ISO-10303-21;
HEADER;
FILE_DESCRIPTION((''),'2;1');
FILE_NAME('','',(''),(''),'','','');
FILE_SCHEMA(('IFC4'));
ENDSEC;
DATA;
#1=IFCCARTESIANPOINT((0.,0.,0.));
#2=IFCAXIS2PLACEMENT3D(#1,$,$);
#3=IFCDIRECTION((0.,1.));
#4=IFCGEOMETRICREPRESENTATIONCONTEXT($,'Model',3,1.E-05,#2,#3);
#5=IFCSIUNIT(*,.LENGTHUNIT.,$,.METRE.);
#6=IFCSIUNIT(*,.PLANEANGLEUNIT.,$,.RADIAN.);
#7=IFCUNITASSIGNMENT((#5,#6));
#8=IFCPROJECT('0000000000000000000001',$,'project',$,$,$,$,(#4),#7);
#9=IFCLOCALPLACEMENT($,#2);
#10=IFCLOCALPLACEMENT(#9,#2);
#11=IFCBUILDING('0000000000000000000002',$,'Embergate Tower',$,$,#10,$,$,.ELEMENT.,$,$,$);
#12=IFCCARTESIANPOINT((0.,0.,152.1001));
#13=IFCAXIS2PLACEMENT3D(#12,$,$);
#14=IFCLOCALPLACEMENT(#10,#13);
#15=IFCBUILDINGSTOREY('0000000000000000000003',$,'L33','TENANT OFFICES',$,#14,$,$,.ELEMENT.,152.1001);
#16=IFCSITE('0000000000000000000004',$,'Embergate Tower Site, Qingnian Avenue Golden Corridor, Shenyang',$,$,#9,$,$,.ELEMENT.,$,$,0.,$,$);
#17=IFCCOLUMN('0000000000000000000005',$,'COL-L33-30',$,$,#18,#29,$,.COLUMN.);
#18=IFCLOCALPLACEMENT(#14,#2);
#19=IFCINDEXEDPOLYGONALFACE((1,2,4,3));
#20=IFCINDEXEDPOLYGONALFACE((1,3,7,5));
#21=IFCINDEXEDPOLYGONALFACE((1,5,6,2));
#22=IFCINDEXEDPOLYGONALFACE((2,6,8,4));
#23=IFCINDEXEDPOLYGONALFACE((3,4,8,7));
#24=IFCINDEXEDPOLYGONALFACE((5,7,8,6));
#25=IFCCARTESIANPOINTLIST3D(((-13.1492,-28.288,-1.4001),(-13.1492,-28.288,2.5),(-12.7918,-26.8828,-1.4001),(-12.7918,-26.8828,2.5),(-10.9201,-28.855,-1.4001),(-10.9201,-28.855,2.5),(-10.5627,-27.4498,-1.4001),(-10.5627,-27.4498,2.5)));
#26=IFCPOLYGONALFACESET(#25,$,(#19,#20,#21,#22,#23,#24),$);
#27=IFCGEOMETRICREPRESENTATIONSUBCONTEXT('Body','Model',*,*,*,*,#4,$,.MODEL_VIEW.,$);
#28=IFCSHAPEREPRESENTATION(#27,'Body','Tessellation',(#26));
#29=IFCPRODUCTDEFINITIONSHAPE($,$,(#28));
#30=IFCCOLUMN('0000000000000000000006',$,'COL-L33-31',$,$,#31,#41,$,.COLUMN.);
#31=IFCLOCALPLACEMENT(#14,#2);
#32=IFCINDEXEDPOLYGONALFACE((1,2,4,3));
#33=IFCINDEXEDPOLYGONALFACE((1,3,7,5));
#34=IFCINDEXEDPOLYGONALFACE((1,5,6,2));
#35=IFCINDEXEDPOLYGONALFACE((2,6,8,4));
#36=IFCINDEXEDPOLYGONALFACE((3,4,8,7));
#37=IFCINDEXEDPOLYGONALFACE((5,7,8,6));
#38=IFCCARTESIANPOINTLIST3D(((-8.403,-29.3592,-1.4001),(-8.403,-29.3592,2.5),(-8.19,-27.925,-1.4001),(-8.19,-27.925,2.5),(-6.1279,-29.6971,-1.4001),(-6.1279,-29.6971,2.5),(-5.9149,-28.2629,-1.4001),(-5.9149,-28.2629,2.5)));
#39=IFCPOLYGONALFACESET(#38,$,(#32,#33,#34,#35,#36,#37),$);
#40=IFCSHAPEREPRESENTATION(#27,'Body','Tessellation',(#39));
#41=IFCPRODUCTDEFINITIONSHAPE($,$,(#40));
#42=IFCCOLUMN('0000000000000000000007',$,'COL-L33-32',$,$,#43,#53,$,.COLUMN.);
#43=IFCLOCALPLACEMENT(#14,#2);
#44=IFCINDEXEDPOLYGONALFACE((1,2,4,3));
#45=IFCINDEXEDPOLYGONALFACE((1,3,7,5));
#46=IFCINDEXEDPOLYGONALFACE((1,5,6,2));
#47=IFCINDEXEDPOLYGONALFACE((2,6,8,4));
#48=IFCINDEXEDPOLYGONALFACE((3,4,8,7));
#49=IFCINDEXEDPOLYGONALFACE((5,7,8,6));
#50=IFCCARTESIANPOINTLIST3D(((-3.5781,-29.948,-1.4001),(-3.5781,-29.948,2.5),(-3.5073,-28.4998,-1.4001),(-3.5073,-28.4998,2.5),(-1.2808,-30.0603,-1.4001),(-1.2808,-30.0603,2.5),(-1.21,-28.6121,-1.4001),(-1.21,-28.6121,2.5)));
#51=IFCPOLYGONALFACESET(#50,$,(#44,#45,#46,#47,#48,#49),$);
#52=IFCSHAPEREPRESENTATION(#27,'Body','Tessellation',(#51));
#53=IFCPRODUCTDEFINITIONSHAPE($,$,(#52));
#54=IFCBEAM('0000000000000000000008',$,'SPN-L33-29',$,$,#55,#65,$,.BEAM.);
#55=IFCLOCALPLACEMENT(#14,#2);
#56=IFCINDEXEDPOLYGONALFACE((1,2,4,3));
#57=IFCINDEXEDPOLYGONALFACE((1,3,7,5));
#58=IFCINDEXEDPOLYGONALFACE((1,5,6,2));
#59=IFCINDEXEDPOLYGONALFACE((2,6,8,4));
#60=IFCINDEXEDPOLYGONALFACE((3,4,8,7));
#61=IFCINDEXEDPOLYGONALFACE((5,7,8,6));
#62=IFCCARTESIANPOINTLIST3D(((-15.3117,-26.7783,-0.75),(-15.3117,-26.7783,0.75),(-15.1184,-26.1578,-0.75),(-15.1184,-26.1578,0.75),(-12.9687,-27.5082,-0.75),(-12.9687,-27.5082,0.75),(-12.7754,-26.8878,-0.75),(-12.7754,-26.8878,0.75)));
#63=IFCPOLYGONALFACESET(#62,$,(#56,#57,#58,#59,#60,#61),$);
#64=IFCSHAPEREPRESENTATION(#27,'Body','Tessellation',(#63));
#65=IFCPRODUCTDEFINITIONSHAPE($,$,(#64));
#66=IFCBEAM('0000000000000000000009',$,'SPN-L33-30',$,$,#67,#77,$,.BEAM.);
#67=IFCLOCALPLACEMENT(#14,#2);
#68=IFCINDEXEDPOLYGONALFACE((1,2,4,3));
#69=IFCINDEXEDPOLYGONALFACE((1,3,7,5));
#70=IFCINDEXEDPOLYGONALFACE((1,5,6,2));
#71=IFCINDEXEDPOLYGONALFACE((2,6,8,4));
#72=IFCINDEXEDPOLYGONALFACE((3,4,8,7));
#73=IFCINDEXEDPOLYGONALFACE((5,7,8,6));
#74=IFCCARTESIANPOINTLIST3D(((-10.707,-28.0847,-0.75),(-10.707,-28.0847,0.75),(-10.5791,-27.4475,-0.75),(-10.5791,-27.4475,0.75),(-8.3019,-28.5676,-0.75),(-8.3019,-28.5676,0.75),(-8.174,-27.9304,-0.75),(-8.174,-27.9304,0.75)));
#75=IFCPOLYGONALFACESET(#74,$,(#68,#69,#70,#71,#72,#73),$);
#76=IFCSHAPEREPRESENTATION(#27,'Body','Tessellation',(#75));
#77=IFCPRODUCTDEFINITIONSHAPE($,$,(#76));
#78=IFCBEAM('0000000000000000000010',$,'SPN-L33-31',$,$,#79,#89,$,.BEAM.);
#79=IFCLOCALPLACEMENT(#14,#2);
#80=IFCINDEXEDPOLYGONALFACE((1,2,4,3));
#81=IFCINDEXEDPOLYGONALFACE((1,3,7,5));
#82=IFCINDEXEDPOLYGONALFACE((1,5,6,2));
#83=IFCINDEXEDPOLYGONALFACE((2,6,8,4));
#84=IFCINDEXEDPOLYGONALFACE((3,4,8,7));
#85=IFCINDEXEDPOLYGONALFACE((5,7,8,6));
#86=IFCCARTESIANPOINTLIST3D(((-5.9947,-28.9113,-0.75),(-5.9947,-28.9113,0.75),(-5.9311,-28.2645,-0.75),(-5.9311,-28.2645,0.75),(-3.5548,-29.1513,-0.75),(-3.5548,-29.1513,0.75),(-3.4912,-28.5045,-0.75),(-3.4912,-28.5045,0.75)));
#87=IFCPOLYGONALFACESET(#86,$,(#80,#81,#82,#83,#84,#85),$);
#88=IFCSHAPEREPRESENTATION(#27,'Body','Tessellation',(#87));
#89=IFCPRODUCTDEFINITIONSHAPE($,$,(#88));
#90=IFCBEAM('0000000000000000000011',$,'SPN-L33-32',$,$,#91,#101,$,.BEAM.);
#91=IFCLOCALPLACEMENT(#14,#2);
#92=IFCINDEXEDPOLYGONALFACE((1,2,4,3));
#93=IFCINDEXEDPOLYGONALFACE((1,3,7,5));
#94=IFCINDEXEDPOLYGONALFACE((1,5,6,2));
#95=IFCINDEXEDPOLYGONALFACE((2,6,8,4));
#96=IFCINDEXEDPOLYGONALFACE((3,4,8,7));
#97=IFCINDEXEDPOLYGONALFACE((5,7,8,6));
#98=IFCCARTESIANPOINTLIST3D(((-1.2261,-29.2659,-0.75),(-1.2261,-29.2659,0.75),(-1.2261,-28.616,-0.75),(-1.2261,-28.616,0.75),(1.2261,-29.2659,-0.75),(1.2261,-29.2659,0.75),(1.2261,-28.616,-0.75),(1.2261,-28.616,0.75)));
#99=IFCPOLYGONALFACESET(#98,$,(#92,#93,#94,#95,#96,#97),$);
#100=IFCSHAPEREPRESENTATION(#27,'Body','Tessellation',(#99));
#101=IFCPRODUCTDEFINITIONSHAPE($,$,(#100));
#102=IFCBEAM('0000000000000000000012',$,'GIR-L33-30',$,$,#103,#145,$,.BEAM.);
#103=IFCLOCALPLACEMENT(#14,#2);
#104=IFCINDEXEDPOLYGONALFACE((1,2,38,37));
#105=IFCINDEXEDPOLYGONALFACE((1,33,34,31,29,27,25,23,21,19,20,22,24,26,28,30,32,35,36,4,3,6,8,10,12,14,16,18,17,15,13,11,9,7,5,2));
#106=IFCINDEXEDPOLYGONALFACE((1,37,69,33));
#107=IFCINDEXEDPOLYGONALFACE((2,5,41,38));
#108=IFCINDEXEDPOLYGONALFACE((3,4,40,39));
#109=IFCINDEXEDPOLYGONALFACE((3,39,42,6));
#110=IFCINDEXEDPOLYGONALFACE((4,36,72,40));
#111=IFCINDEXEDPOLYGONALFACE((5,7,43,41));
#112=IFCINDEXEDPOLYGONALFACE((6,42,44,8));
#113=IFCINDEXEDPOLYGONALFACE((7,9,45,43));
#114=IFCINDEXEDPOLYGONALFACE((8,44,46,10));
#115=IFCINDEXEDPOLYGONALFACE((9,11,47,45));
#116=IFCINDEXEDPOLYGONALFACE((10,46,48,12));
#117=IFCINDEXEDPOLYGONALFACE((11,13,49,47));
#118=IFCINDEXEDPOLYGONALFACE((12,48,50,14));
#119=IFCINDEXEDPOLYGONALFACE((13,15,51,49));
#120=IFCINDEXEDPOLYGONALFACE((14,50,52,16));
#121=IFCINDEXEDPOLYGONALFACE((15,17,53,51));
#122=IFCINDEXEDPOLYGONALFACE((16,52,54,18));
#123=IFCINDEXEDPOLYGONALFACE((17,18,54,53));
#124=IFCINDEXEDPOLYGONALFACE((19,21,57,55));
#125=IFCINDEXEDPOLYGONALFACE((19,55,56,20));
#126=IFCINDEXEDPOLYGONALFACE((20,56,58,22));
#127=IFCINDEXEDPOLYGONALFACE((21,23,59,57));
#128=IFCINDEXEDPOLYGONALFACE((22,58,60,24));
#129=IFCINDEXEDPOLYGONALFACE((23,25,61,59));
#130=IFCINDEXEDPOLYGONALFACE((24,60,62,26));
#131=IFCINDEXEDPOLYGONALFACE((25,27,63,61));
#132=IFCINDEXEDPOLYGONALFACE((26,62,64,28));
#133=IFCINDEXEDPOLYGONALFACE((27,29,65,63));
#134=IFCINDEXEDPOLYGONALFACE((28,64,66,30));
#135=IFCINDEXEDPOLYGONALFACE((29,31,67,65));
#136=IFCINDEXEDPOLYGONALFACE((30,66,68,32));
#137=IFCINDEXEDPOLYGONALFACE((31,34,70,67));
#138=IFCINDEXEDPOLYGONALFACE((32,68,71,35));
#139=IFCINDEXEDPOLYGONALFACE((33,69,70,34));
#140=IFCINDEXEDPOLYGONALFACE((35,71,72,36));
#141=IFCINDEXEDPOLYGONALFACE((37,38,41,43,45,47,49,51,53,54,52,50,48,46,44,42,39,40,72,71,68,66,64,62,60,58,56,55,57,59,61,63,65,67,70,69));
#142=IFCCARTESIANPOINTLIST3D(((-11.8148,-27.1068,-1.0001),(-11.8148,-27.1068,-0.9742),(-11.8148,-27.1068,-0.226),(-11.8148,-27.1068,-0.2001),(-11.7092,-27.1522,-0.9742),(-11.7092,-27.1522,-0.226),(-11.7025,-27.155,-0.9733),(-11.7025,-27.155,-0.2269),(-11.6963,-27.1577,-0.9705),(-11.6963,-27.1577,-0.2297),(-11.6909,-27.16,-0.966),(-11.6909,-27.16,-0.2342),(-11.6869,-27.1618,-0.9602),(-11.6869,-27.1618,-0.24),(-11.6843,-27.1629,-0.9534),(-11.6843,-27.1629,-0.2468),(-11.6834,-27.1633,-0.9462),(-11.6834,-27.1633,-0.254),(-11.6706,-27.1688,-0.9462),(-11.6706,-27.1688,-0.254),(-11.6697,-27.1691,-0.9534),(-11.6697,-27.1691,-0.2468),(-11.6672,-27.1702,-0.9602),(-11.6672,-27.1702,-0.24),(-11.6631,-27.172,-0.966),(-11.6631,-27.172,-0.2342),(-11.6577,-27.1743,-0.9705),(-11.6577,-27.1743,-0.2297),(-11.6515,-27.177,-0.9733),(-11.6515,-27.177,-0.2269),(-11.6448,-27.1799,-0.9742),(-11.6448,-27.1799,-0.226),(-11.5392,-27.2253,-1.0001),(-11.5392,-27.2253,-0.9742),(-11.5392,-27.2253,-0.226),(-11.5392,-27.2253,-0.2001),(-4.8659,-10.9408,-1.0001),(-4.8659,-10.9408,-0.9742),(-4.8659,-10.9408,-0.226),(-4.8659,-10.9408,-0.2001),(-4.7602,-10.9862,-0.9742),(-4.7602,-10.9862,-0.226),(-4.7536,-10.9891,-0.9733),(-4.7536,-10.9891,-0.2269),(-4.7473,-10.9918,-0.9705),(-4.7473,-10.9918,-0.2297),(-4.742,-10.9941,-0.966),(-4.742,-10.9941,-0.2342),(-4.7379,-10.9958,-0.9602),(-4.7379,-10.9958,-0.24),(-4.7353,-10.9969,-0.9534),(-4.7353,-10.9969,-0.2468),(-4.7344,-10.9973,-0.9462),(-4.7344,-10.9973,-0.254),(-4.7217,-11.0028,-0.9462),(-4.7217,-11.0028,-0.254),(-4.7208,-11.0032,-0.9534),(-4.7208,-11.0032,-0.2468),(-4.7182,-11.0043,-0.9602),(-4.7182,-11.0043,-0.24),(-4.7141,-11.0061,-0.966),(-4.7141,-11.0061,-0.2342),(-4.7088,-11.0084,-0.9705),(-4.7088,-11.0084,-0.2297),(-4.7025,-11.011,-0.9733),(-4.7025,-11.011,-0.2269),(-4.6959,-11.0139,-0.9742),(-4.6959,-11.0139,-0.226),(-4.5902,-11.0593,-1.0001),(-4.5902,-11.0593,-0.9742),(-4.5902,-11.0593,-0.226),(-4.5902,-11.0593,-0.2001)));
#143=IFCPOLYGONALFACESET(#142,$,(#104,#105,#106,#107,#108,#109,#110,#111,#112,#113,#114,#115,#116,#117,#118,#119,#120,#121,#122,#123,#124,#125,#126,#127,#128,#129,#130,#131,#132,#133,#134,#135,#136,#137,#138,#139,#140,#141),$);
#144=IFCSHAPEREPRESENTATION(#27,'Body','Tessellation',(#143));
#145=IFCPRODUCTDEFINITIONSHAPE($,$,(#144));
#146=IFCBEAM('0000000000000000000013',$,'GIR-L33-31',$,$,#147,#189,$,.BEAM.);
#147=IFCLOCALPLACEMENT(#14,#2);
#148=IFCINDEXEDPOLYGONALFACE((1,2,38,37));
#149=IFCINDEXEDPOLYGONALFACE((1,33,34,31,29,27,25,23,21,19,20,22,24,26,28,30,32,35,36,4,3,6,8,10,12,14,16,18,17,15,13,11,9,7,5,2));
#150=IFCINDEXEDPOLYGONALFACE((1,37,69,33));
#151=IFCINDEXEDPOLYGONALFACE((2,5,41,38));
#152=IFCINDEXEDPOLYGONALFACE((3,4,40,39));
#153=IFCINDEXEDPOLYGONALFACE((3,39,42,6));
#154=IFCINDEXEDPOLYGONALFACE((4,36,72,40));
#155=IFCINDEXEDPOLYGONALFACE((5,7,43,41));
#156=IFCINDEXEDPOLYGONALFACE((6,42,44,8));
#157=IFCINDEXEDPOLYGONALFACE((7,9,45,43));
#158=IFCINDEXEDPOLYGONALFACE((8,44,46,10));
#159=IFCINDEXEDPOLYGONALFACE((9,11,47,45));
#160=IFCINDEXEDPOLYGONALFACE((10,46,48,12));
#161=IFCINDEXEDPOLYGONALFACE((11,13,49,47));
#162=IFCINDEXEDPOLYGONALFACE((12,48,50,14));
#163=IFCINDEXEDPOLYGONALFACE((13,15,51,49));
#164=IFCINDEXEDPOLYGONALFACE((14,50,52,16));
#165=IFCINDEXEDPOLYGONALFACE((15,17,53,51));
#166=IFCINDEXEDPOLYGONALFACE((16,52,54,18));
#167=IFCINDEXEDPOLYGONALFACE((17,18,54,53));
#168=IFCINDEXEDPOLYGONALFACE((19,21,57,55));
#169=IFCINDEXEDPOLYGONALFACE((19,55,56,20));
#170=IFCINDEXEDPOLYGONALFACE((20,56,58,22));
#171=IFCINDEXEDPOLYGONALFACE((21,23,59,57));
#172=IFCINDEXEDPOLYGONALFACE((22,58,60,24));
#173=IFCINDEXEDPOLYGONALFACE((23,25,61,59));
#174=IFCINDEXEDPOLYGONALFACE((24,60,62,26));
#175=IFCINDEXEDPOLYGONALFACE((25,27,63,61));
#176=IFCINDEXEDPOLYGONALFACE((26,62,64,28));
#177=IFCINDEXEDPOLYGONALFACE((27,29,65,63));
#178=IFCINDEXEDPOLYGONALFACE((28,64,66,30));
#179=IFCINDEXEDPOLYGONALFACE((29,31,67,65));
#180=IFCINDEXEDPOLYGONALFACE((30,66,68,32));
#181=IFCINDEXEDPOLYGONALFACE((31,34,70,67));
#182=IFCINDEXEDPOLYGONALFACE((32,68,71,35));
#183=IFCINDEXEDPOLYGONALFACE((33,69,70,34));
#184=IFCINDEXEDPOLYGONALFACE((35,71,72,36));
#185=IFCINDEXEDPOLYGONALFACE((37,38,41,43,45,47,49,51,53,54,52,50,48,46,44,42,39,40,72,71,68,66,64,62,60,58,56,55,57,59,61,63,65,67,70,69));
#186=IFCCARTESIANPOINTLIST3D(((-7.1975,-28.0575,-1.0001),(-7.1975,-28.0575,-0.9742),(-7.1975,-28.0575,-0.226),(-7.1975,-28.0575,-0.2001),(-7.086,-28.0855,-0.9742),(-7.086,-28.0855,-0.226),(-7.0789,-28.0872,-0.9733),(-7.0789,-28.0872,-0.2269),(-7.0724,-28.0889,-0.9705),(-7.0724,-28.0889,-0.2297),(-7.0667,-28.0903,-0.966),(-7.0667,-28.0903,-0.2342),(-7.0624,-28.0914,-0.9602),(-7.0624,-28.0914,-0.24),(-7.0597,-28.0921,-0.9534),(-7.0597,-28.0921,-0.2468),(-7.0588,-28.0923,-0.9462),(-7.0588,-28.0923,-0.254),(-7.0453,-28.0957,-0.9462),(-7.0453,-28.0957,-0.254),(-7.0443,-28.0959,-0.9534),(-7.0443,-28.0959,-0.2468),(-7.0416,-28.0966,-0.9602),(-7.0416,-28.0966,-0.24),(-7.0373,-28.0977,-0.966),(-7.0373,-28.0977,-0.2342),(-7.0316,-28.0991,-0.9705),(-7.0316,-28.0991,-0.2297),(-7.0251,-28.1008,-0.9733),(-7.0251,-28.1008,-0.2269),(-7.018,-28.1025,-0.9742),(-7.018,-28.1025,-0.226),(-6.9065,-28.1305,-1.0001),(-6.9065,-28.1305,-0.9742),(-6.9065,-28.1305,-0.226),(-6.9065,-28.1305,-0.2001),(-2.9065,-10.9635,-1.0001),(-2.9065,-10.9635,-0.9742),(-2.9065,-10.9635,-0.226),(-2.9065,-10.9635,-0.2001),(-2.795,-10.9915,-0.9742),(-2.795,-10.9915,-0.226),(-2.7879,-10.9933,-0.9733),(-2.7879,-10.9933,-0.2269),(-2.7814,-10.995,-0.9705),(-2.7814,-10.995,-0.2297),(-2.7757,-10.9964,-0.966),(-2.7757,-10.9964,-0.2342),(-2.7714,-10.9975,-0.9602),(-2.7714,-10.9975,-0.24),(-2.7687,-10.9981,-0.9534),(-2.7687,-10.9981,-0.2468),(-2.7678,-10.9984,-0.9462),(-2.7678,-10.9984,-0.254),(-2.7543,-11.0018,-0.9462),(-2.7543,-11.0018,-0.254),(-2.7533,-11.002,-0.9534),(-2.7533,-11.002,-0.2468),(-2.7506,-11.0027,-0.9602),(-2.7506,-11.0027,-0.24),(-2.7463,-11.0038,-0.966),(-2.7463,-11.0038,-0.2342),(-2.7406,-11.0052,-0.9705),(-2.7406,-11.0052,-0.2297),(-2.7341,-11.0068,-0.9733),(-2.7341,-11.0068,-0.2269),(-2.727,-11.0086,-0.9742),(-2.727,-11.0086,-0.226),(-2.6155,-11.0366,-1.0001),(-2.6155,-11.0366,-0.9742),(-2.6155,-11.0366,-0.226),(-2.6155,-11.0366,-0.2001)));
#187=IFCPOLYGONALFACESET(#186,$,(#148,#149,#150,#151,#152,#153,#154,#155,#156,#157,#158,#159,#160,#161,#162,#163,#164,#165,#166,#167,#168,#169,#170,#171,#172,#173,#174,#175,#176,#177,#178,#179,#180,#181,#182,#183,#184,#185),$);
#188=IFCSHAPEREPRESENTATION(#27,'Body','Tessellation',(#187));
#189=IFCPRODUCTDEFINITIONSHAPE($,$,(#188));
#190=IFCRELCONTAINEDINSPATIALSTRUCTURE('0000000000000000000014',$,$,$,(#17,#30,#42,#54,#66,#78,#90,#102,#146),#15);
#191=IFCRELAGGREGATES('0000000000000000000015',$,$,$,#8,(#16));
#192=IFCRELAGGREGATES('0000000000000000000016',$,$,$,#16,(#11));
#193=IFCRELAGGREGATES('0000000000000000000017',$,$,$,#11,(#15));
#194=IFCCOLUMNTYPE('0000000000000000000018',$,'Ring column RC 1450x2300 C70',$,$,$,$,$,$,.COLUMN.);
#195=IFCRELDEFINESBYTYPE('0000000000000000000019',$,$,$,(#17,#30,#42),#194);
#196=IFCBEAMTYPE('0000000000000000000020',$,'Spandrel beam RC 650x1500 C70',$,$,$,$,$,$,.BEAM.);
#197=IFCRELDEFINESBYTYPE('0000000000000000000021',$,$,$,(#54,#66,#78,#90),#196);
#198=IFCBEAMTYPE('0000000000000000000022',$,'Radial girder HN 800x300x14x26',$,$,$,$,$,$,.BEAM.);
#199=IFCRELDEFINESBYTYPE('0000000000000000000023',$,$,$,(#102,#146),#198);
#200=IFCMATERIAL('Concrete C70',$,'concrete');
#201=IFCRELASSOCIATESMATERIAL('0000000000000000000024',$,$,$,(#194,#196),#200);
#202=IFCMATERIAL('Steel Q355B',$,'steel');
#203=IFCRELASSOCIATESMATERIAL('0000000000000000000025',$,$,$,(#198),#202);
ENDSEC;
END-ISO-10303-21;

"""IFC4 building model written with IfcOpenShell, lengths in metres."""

from ifc_helpers import new_model, si_unit, direction, frame, origin, origin_2d, place, context, subcontext, project, spatial, rectangle, i_section, extrude, source, transform, mapped, material, material_profile, profile_set, type_object, element, save


model = new_model("IFC4")

# Units and contexts
model_context = context("Model", 3, precision=1e-05, world=origin(), true_north=direction((0.0, 1.0)))
body_context = subcontext(model_context, "Body", "Model", "MODEL_VIEW")
ifc_project = project(units=[si_unit("LENGTHUNIT", "METRE"), si_unit("PLANEANGLEUNIT", "RADIAN")], contexts=[model_context])

# Site, building, storey
site_placement = place(None, origin())
site = spatial("IfcSite", under=ifc_project, at=site_placement, Name="Embergate Tower Site, Qingnian Avenue Golden Corridor, Shenyang", CompositionType="ELEMENT", RefElevation=0.0)
building_placement = place(site_placement, origin())
building = spatial("IfcBuilding", under=site, at=building_placement, Name="Embergate Tower", CompositionType="ELEMENT")
storey_placement = place(building_placement, frame((0.0, 0.0, 152.1001)))
storey = spatial("IfcBuildingStorey", under=building, at=storey_placement, Name="L33", Description="TENANT OFFICES", CompositionType="ELEMENT", Elevation=152.1001)

# Columns
ifc_material_1 = material(Name="Concrete C70", Category="concrete")
ifc_material_profile_1 = material_profile(ifc_material_1, rectangle(XDim=1.45, YDim=2.3, at=origin_2d()), Name="RC 1450x2300")
ifc_profile_set_1 = profile_set([ifc_material_profile_1], Name="Concrete C70")
column_type = type_object("IfcColumnType", Name="Ring column RC 1450x2300 C70", PredefinedType="COLUMN", material=ifc_profile_set_1)
shared_shape_1 = source(origin(), body_context, "Body", "SweptSolid", [
    extrude(rectangle(XDim=1.45, YDim=2.3, at=origin_2d()), origin(), (0.0, 0.0, 1.0), 3.9001),
])
for number, where, z_axis, x_axis, name in (
    (1, (-11.856, -27.8689, -1.4001), (0.0, 0.0, 1.0), (-0.246492, -0.969145, 0.0), "COL-L33-30"),
    (2, (-7.1589, -28.811, -1.4001), (0.0, 0.0, 1.0), (-0.146929, -0.989147, 0.0), "COL-L33-31"),
    (3, (-2.394, -29.28, -1.4001), (0.0, 0.0, 1.0), (-0.048815, -0.998808, 0.0), "COL-L33-32"),
):
    element("IfcColumn", number, at=place(storey_placement, frame(where, z_axis=z_axis, x_axis=x_axis)), inside=storey, type_object=column_type, Name=name, PredefinedType="COLUMN", context=body_context, shape_type="MappedRepresentation", body=[
        mapped(shared_shape_1, transform((0.0, 0.0, 0.0))),
    ])

# Beams
ifc_material_profile_2 = material_profile(ifc_material_1, rectangle(XDim=0.6499, YDim=1.5, at=origin_2d()), Name="RC 650x1500")
ifc_profile_set_2 = profile_set([ifc_material_profile_2], Name="Concrete C70")
beam_type_1 = type_object("IfcBeamType", Name="Spandrel beam RC 650x1500 C70", PredefinedType="BEAM", material=ifc_profile_set_2)
shared_shape_2 = source(origin(), body_context, "Body", "SweptSolid", [
    extrude(rectangle(XDim=0.6499, YDim=1.5, at=origin_2d()), origin(), (0.0, 0.0, 1.0), 2.4541),
])
beam_1_placement = place(storey_placement, frame((-15.2151, -26.468, 0.0), z_axis=(0.954736, -0.297454, 0.0), x_axis=(0.297454, 0.954736, 0.0)))
element("IfcBeam", 4, at=beam_1_placement, inside=storey, type_object=beam_type_1, Name="SPN-L33-29", PredefinedType="BEAM", context=body_context, shape_type="MappedRepresentation", body=[
    mapped(shared_shape_2, transform((0.0, 0.0, 0.0))),
])
shared_shape_3 = source(origin(), body_context, "Body", "SweptSolid", [
    extrude(rectangle(XDim=0.6499, YDim=1.5, at=origin_2d()), origin(), (0.0, 0.0, 1.0), 2.4531),
])
beam_2_placement = place(storey_placement, frame((-10.6431, -27.7661, 0.0), z_axis=(0.980431, -0.196863, 0.0), x_axis=(0.196863, 0.980431, 0.0)))
element("IfcBeam", 5, at=beam_2_placement, inside=storey, type_object=beam_type_1, Name="SPN-L33-30", PredefinedType="BEAM", context=body_context, shape_type="MappedRepresentation", body=[
    mapped(shared_shape_3, transform((0.0, 0.0, 0.0))),
])
shared_shape_4 = source(origin(), body_context, "Body", "SweptSolid", [
    extrude(rectangle(XDim=0.6499, YDim=1.5, at=origin_2d()), origin(), (0.0, 0.0, 1.0), 2.4517),
])
beam_3_placement = place(storey_placement, frame((-5.9629, -28.5879, 0.0), z_axis=(0.995198, -0.097887, 0.0), x_axis=(0.097887, 0.995198, 0.0)))
element("IfcBeam", 6, at=beam_3_placement, inside=storey, type_object=beam_type_1, Name="SPN-L33-31", PredefinedType="BEAM", context=body_context, shape_type="MappedRepresentation", body=[
    mapped(shared_shape_4, transform((0.0, 0.0, 0.0))),
])
shared_shape_5 = source(origin(), body_context, "Body", "SweptSolid", [
    extrude(rectangle(XDim=0.6499, YDim=1.5, at=origin_2d()), origin(), (0.0, 0.0, 1.0), 2.4521),
])
beam_4_placement = place(storey_placement, frame((-1.2261, -28.9409, 0.0), z_axis=(1.0, 0.0, 0.0), x_axis=(0.0, 1.0, 0.0)))
element("IfcBeam", 7, at=beam_4_placement, inside=storey, type_object=beam_type_1, Name="SPN-L33-32", PredefinedType="BEAM", context=body_context, shape_type="MappedRepresentation", body=[
    mapped(shared_shape_5, transform((0.0, 0.0, 0.0))),
])
ifc_material_2 = material(Name="Steel Q355B", Category="steel")
ifc_material_profile_3 = material_profile(ifc_material_2, i_section(OverallWidth=0.3, OverallDepth=0.8, WebThickness=0.0139, FlangeThickness=0.0259, FilletRadius=0.0281, at=origin_2d()), Name="HN 800x300x14x26")
ifc_profile_set_3 = profile_set([ifc_material_profile_3], Name="Steel Q355 grade B")
beam_type_2 = type_object("IfcBeamType", Name="Radial girder HN 800x300x14x26", PredefinedType="BEAM", material=ifc_profile_set_3)
shared_shape_6 = source(origin(), body_context, "Body", "SweptSolid", [
    extrude(i_section(OverallWidth=0.3, OverallDepth=0.8, WebThickness=0.0139, FlangeThickness=0.0259, FilletRadius=0.0281, at=origin_2d()), origin(), (0.0, 0.0, 1.0), 17.5962),
])
beam_5_placement = place(storey_placement, frame((-11.677, -27.166, -0.6001), z_axis=(0.394912, 0.918719, 0.0), x_axis=(-0.918719, 0.394912, 0.0)))
element("IfcBeam", 8, at=beam_5_placement, inside=storey, type_object=beam_type_2, Name="GIR-L33-30", PredefinedType="BEAM", context=body_context, shape_type="MappedRepresentation", body=[
    mapped(shared_shape_6, transform((0.0, 0.0, 0.0))),
])
shared_shape_7 = source(origin(), body_context, "Body", "SweptSolid", [
    extrude(i_section(OverallWidth=0.3, OverallDepth=0.8, WebThickness=0.0139, FlangeThickness=0.0259, FilletRadius=0.0281, at=origin_2d()), origin(), (0.0, 0.0, 1.0), 17.6243),
])
beam_6_placement = place(storey_placement, frame((-7.052, -28.094, -0.6001), z_axis=(0.243471, 0.969908, 0.0), x_axis=(-0.969908, 0.243471, 0.0)))
element("IfcBeam", 9, at=beam_6_placement, inside=storey, type_object=beam_type_2, Name="GIR-L33-31", PredefinedType="BEAM", context=body_context, shape_type="MappedRepresentation", body=[
    mapped(shared_shape_7, transform((0.0, 0.0, 0.0))),
])

save(model, "model.ifc")
